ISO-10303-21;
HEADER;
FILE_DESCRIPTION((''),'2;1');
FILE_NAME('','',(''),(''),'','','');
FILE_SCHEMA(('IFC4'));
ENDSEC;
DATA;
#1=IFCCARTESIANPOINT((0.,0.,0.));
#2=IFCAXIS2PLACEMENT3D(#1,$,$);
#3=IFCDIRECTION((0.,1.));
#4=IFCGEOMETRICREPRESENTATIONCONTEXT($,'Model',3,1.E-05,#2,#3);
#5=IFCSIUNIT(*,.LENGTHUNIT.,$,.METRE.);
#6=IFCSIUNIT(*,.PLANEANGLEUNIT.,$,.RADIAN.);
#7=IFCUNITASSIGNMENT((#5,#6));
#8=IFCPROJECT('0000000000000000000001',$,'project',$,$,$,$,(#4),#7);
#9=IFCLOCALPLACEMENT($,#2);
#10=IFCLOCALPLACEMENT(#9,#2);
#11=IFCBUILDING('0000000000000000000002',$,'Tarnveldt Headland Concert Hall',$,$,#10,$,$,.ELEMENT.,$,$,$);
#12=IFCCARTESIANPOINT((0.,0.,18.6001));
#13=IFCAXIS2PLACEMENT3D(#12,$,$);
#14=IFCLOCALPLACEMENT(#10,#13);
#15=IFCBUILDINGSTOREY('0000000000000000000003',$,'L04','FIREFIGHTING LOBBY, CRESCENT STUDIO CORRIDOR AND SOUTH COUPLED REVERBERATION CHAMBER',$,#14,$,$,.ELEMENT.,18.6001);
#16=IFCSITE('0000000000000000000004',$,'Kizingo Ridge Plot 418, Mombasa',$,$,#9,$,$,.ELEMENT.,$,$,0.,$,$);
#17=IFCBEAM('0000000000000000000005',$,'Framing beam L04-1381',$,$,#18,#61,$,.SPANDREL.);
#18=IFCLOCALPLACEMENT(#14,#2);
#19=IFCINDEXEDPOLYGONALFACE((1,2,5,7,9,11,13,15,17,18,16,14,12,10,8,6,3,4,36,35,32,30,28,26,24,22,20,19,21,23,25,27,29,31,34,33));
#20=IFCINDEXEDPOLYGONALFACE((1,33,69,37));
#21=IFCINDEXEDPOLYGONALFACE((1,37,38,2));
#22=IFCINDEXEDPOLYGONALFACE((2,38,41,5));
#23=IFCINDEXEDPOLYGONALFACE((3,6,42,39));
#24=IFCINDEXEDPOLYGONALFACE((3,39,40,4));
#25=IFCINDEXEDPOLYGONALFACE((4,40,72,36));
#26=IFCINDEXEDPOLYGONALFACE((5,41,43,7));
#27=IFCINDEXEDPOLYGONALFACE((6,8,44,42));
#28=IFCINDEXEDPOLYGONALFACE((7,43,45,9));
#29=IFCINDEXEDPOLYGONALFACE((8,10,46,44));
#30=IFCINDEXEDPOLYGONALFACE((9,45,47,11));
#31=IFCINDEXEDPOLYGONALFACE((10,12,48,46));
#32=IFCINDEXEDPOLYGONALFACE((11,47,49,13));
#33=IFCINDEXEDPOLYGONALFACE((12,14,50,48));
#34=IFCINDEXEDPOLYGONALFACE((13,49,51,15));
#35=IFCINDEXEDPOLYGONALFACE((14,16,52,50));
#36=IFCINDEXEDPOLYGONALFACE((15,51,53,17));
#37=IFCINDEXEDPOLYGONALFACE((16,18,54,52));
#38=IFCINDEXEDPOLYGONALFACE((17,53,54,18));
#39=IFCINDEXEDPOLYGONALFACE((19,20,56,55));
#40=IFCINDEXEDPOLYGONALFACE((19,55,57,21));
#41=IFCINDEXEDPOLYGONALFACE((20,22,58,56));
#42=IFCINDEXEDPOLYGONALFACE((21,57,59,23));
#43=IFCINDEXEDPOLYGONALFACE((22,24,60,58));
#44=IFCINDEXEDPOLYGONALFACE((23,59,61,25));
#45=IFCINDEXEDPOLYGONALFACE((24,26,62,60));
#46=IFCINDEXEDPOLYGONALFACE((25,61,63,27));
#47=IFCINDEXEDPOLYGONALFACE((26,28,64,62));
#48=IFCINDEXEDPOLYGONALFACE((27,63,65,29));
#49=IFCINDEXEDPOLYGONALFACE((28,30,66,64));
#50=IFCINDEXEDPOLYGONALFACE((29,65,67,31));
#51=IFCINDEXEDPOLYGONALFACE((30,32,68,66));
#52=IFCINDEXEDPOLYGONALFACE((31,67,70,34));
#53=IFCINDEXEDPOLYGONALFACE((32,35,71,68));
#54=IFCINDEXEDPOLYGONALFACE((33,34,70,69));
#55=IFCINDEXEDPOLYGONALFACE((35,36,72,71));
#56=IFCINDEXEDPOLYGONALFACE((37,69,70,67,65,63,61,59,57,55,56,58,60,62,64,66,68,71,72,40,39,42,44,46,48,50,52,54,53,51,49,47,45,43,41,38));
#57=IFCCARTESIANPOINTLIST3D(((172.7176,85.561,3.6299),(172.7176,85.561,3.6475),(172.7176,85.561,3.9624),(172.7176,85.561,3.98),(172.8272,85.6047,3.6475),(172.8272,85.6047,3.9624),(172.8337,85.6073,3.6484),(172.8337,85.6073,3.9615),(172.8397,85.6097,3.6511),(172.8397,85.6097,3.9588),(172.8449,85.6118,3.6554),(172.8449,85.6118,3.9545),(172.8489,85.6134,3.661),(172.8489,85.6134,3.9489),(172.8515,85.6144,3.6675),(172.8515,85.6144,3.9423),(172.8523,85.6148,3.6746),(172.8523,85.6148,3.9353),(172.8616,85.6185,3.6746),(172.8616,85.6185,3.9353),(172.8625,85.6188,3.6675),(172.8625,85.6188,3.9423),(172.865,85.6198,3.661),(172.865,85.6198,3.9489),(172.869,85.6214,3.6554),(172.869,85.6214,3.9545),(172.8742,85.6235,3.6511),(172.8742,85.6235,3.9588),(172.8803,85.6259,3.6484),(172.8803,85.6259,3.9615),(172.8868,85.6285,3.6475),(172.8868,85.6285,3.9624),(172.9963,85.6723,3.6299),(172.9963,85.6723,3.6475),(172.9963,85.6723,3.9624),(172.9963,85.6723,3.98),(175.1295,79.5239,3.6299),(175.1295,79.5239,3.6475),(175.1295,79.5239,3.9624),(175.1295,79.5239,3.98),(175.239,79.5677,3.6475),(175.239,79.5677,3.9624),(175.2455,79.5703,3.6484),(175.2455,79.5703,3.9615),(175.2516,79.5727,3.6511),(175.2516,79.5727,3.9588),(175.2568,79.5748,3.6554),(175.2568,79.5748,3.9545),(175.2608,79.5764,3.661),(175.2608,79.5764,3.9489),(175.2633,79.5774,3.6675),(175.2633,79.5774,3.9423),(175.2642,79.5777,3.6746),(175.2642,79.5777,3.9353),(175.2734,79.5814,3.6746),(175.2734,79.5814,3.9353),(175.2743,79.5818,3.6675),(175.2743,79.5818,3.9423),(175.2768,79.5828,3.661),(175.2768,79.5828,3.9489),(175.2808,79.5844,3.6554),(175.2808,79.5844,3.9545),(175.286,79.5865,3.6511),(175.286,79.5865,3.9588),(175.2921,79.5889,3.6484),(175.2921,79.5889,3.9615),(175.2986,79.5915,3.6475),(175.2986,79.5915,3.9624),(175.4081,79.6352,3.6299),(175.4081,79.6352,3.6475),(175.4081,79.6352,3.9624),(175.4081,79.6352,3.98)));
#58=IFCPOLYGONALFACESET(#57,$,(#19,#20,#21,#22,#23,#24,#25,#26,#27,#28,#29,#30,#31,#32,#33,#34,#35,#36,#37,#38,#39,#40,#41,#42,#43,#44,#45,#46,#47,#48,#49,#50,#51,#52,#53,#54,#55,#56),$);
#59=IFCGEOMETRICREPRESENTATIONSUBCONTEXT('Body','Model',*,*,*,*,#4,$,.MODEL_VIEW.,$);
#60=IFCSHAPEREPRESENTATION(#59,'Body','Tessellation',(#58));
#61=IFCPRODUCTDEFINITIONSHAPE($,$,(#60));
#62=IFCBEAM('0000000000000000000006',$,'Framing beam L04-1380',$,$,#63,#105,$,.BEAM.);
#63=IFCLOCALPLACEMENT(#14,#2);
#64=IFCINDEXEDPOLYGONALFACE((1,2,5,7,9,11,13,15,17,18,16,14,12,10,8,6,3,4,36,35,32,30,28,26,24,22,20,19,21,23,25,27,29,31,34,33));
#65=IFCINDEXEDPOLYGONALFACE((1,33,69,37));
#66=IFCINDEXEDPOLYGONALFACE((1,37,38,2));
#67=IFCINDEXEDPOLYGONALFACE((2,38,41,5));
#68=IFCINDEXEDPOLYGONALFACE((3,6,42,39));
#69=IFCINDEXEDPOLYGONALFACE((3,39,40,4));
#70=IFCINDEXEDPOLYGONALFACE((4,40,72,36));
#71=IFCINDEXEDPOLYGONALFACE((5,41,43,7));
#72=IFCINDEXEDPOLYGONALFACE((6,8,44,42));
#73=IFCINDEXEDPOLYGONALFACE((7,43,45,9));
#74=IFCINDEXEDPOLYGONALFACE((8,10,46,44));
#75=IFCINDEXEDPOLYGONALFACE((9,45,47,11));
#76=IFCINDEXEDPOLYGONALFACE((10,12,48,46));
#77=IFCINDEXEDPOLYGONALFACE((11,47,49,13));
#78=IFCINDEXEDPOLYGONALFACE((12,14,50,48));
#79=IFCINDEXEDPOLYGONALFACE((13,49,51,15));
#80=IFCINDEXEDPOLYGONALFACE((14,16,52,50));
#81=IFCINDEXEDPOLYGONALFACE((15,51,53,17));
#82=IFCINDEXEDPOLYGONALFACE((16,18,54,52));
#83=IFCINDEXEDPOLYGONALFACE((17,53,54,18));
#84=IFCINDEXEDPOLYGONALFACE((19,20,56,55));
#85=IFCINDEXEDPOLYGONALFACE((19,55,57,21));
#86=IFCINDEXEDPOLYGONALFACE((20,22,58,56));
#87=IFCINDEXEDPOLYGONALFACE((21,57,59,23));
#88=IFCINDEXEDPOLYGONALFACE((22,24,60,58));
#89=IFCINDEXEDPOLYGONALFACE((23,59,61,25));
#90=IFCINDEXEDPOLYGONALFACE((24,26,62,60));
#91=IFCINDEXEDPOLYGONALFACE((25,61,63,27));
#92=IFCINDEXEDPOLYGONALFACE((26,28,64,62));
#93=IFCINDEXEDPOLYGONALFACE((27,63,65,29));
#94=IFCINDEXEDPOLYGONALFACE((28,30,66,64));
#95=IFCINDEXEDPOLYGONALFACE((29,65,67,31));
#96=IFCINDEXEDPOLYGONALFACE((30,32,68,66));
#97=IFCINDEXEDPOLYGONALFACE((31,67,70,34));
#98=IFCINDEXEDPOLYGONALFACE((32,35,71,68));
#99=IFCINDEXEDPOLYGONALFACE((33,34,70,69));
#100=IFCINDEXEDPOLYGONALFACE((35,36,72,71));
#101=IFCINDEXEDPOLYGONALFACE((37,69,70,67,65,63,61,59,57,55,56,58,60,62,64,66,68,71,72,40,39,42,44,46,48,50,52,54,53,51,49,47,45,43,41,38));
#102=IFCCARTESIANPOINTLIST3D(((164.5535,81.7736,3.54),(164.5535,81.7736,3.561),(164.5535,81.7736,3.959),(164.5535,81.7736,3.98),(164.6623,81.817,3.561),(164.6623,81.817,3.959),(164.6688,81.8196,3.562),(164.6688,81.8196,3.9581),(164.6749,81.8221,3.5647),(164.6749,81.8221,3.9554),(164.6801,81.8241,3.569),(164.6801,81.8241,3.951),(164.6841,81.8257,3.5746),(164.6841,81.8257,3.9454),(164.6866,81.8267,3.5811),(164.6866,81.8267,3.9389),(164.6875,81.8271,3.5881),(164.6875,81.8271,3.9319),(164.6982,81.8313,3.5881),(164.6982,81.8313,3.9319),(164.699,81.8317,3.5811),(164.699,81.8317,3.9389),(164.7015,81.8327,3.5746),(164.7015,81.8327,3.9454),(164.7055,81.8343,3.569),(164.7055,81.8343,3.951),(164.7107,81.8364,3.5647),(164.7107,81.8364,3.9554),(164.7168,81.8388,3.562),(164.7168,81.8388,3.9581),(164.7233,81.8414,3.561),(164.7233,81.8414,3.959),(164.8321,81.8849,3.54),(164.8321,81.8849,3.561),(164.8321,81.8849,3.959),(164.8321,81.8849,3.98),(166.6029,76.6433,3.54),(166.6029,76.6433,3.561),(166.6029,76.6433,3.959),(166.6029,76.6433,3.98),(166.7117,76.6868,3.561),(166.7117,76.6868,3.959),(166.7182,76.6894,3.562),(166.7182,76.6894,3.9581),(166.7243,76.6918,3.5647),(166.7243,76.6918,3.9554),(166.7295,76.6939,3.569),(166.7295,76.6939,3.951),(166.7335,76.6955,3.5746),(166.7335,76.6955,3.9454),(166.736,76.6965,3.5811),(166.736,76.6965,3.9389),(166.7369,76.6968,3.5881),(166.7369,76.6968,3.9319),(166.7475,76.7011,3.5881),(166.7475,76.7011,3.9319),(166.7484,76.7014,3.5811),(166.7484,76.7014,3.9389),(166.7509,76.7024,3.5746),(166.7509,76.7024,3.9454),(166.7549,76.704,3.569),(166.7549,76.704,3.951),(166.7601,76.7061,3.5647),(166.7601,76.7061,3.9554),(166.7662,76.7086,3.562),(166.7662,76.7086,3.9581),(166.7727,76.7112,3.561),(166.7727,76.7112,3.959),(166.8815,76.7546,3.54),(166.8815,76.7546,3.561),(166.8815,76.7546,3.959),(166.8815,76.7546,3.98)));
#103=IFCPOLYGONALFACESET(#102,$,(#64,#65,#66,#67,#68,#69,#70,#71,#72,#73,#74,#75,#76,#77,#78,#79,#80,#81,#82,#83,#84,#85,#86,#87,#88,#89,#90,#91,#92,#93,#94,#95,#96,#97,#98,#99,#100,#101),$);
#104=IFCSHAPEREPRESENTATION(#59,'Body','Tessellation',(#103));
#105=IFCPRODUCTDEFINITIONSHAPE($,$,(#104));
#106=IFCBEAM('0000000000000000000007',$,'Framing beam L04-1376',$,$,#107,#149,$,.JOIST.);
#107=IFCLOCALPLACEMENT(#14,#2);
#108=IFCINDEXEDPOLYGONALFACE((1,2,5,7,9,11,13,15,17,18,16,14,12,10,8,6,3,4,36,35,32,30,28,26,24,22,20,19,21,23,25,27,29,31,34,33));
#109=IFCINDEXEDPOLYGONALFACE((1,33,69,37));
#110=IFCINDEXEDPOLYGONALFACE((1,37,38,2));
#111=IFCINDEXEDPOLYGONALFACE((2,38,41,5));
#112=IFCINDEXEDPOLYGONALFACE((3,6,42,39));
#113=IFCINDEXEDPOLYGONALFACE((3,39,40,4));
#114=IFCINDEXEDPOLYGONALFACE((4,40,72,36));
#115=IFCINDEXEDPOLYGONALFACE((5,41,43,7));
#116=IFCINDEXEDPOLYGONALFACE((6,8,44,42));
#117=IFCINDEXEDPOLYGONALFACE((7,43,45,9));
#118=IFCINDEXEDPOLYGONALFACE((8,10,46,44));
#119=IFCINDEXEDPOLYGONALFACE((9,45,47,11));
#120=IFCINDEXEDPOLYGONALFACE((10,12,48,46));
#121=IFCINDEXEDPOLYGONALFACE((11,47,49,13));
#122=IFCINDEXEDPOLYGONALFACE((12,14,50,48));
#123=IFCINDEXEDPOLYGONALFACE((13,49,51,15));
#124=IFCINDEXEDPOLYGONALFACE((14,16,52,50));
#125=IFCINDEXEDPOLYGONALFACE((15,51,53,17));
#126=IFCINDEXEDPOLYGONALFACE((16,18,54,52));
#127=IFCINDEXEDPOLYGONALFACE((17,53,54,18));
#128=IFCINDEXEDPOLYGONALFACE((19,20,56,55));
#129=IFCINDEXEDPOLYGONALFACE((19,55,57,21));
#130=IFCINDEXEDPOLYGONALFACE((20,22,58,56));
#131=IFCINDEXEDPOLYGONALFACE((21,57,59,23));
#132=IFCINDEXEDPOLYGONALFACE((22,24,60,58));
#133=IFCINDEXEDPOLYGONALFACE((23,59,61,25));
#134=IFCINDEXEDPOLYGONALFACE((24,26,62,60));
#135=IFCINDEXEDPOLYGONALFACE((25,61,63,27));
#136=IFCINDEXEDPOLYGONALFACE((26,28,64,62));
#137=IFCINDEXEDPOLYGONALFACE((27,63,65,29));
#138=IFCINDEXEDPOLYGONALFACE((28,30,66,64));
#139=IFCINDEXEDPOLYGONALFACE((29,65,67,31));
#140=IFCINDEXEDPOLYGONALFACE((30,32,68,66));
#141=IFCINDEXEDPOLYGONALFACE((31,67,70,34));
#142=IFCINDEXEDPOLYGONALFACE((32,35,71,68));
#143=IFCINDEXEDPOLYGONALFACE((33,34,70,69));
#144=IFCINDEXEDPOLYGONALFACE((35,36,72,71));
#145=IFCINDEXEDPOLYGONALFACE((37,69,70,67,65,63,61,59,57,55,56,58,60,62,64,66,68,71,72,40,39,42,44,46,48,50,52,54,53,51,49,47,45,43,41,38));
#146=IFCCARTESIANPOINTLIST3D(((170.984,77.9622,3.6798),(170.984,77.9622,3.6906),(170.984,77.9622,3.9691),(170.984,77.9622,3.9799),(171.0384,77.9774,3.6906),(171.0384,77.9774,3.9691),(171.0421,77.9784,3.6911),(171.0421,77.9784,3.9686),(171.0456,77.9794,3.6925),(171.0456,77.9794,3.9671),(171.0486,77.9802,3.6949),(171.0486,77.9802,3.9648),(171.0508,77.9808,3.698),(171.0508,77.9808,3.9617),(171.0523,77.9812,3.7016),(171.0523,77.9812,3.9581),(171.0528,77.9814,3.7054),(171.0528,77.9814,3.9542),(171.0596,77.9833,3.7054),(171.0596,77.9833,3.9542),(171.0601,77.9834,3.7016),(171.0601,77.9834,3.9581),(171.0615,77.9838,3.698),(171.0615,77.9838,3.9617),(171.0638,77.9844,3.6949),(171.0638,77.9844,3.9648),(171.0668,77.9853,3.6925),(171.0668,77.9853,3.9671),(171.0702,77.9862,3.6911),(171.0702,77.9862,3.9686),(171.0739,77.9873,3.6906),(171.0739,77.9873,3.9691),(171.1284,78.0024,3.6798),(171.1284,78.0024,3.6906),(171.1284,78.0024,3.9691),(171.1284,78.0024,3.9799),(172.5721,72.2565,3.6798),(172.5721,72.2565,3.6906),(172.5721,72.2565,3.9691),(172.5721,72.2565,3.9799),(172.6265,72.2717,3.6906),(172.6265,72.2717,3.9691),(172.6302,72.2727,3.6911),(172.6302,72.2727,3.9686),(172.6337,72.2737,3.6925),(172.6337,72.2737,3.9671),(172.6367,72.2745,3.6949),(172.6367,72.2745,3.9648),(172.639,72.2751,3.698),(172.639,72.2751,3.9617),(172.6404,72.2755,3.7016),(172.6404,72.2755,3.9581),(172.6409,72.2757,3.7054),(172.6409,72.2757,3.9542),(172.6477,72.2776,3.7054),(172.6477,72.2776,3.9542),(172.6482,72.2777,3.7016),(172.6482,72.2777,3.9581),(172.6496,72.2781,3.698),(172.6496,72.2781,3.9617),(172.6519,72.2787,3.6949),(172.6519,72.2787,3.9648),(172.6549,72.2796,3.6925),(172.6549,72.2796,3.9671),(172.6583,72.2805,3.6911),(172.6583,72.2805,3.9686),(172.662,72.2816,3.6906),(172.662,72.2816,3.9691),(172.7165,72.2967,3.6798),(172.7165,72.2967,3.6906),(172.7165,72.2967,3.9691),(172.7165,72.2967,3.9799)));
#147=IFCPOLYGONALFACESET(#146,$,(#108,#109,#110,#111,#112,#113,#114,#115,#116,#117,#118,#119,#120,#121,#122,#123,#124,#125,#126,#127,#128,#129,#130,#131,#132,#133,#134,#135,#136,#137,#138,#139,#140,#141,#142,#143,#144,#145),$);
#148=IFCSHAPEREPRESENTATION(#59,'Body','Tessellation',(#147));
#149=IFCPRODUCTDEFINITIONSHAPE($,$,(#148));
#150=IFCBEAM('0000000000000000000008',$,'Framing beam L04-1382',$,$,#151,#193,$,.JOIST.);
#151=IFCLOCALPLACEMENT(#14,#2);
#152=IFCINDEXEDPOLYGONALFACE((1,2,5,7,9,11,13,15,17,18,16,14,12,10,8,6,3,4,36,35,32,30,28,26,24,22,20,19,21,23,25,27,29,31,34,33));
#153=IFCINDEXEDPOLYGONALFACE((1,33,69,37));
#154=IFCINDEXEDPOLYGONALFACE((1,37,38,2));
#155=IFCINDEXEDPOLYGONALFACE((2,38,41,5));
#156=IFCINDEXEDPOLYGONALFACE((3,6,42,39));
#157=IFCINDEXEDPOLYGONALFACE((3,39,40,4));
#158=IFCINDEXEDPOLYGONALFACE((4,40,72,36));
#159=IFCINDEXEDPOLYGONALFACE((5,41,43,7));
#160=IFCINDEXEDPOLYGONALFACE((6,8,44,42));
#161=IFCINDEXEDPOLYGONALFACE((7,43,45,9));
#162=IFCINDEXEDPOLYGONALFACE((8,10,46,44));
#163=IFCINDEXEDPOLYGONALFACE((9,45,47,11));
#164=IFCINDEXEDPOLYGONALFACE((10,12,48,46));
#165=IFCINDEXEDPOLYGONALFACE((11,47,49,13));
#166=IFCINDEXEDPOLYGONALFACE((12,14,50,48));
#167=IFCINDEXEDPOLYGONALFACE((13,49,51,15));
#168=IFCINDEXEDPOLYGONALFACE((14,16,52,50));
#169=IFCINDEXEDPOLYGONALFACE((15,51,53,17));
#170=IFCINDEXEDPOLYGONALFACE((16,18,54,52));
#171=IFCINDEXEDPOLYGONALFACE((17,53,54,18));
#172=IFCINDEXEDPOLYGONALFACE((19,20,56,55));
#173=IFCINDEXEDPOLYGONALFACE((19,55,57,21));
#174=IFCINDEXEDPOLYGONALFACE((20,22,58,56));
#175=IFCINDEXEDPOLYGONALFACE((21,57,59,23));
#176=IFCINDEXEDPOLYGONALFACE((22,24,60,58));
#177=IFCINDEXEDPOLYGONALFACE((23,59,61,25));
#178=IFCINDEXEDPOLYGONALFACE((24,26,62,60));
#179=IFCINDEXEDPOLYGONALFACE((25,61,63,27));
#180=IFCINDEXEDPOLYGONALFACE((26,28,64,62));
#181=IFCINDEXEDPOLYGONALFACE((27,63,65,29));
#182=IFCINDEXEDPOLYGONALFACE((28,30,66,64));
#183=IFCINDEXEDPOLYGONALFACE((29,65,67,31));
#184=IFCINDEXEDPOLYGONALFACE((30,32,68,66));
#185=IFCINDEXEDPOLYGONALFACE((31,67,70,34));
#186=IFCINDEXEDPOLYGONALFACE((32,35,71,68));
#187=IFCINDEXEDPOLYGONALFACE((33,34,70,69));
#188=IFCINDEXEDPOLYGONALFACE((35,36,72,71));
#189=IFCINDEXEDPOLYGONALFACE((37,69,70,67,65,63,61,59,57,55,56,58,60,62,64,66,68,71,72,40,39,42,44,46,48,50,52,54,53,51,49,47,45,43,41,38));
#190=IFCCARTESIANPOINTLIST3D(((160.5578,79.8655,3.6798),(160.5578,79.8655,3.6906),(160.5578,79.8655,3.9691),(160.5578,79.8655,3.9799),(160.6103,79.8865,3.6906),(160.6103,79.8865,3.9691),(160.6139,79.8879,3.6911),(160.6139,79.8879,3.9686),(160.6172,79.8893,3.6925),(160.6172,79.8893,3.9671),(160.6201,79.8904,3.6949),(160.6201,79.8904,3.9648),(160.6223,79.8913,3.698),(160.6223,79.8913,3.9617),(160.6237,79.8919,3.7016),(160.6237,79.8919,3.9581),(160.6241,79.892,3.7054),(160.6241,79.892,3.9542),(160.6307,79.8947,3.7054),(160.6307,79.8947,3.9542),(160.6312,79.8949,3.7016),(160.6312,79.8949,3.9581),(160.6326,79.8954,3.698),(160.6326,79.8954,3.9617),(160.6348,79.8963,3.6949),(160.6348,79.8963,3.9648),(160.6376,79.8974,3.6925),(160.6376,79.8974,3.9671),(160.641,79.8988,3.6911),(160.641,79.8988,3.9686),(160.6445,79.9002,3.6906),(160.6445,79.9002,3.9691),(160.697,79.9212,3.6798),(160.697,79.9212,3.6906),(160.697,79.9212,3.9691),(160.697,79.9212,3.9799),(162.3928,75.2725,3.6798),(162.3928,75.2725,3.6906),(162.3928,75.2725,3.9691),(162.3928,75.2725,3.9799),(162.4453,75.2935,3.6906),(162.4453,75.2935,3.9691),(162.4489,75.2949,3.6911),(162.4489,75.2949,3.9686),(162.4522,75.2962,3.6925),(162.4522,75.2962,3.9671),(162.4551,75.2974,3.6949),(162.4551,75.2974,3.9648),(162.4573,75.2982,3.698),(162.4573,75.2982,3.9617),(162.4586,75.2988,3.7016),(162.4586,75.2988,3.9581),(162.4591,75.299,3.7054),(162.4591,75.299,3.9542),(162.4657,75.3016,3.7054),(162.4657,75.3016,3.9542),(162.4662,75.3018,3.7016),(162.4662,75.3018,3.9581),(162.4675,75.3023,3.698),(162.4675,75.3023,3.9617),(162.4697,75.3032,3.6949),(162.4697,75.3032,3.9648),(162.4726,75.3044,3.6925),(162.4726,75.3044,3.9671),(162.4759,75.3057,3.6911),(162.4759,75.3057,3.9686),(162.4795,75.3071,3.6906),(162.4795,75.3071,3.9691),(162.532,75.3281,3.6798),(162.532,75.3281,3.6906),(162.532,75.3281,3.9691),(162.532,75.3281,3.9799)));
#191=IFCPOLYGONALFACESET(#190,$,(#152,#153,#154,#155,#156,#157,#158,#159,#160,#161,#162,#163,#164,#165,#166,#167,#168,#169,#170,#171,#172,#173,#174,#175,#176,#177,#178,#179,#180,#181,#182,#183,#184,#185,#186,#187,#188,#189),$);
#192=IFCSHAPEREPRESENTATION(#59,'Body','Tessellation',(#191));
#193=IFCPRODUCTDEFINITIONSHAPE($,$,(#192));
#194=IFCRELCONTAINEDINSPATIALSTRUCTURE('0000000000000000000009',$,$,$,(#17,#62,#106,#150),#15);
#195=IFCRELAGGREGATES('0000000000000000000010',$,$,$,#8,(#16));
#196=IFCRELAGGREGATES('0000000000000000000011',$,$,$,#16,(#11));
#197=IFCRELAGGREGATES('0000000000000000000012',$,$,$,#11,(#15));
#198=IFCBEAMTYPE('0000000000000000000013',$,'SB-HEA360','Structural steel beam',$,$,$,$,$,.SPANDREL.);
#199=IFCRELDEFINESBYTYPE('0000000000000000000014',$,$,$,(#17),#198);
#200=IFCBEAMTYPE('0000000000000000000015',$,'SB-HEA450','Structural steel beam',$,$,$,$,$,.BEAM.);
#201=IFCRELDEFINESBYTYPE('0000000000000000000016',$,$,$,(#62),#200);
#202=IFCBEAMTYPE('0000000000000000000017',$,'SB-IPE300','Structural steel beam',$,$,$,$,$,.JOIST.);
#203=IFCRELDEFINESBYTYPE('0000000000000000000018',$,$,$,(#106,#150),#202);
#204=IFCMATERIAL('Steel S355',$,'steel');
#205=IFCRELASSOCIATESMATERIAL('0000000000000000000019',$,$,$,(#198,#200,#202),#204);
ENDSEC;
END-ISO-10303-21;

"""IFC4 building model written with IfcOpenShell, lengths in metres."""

from ifc_helpers import new_model, si_unit, direction, frame, origin, origin_2d, place, context, subcontext, project, spatial, i_section, extrude, material, material_profile, profile_set, type_object, element, save


model = new_model("IFC4")

# Units and contexts
model_context = context("Model", 3, precision=1e-05, world=origin(), true_north=direction((0.0, 1.0)))
body_context = subcontext(model_context, "Body", "Model", "MODEL_VIEW")
ifc_project = project(units=[si_unit("LENGTHUNIT", "METRE"), si_unit("PLANEANGLEUNIT", "RADIAN")], contexts=[model_context])

# Site, building, storey
site_placement = place(None, origin())
site = spatial("IfcSite", under=ifc_project, at=site_placement, Name="Kizingo Ridge Plot 418, Mombasa", CompositionType="ELEMENT", RefElevation=0.0)
building_placement = place(site_placement, origin())
building = spatial("IfcBuilding", under=site, at=building_placement, Name="Tarnveldt Headland Concert Hall", CompositionType="ELEMENT")
storey_placement = place(building_placement, frame((0.0, 0.0, 18.6001)))
storey = spatial("IfcBuildingStorey", under=building, at=storey_placement, Name="L04", Description="FIREFIGHTING LOBBY, CRESCENT STUDIO CORRIDOR AND SOUTH COUPLED REVERBERATION CHAMBER", CompositionType="ELEMENT", Elevation=18.6001)

# Shared definitions
ifc_material_1 = material(Name="Steel S355", Category="steel")

# Beams
ifc_material_profile_1 = material_profile(ifc_material_1, i_section(OverallWidth=0.3, OverallDepth=0.3501, WebThickness=0.01, FlangeThickness=0.0176, FilletRadius=0.0271, at=origin_2d()), Name="HEA360", Category="steel")
ifc_profile_set_1 = profile_set([ifc_material_profile_1], Name="Steel S355")
beam_type_1 = type_object("IfcBeamType", Name="SB-HEA360", Description="Structural steel beam", PredefinedType="SPANDREL", material=ifc_profile_set_1)
beam_1_placement = place(storey_placement, frame((175.2688, 79.5796, 3.8049), z_axis=(-0.370996, 0.928635, 0.0), x_axis=(-0.928635, -0.370996, 0.0)))
element("IfcBeam", 1, at=beam_1_placement, inside=storey, type_object=beam_type_1, Name="Framing beam L04-1381", PredefinedType="SPANDREL", context=body_context, shape_type="SweptSolid", body=[
    extrude(i_section(OverallWidth=0.3, OverallDepth=0.3501, WebThickness=0.01, FlangeThickness=0.0176, FilletRadius=0.0271, at=origin_2d()), origin(), (0.0, 0.0, 1.0), 6.501),
])
ifc_material_profile_2 = material_profile(ifc_material_1, i_section(OverallWidth=0.3, OverallDepth=0.4399, WebThickness=0.0115, FlangeThickness=0.021, FilletRadius=0.0271, at=origin_2d()), Name="HEA450", Category="steel")
ifc_profile_set_2 = profile_set([ifc_material_profile_2], Name="Steel S355")
beam_type_2 = type_object("IfcBeamType", Name="SB-HEA450", Description="Structural steel beam", PredefinedType="BEAM", material=ifc_profile_set_2)
beam_2_placement = place(storey_placement, frame((166.7422, 76.699, 3.76), z_axis=(-0.370964, 0.928647, 0.0), x_axis=(-0.928647, -0.370964, 0.0)))
element("IfcBeam", 2, at=beam_2_placement, inside=storey, type_object=beam_type_2, Name="Framing beam L04-1380", PredefinedType="BEAM", context=body_context, shape_type="SweptSolid", body=[
    extrude(i_section(OverallWidth=0.3, OverallDepth=0.4399, WebThickness=0.0115, FlangeThickness=0.021, FilletRadius=0.0271, at=origin_2d()), origin(), (0.0, 0.0, 1.0), 5.5244),
])
ifc_material_profile_3 = material_profile(ifc_material_1, i_section(OverallWidth=0.1499, OverallDepth=0.3, WebThickness=0.0071, FlangeThickness=0.0107, FilletRadius=0.0149, at=origin_2d()), Name="IPE300", Category="steel")
ifc_profile_set_3 = profile_set([ifc_material_profile_3], Name="Steel S355")
beam_type_3 = type_object("IfcBeamType", Name="SB-IPE300", Description="Structural steel beam", PredefinedType="JOIST", material=ifc_profile_set_3)
beam_3_placement = place(storey_placement, frame((172.6443, 72.2766, 3.8298), z_axis=(-0.268143, 0.963379, 0.0), x_axis=(-0.963379, -0.268143, 0.0)))
element("IfcBeam", 3, at=beam_3_placement, inside=storey, type_object=beam_type_3, Name="Framing beam L04-1376", PredefinedType="JOIST", context=body_context, shape_type="SweptSolid", body=[
    extrude(i_section(OverallWidth=0.1499, OverallDepth=0.3, WebThickness=0.0071, FlangeThickness=0.0107, FilletRadius=0.0149, at=origin_2d()), origin(), (0.0, 0.0, 1.0), 5.9226),
])
beam_4_placement = place(storey_placement, frame((162.4624, 75.3003, 3.8298), z_axis=(-0.370999, 0.928633, 0.0), x_axis=(-0.928633, -0.370999, 0.0)))
element("IfcBeam", 4, at=beam_4_placement, inside=storey, type_object=beam_type_3, Name="Framing beam L04-1382", PredefinedType="JOIST", context=body_context, shape_type="SweptSolid", body=[
    extrude(i_section(OverallWidth=0.1499, OverallDepth=0.3, WebThickness=0.0071, FlangeThickness=0.0107, FilletRadius=0.0149, at=origin_2d()), origin(), (0.0, 0.0, 1.0), 4.946),
])

save(model, "model.ifc")
